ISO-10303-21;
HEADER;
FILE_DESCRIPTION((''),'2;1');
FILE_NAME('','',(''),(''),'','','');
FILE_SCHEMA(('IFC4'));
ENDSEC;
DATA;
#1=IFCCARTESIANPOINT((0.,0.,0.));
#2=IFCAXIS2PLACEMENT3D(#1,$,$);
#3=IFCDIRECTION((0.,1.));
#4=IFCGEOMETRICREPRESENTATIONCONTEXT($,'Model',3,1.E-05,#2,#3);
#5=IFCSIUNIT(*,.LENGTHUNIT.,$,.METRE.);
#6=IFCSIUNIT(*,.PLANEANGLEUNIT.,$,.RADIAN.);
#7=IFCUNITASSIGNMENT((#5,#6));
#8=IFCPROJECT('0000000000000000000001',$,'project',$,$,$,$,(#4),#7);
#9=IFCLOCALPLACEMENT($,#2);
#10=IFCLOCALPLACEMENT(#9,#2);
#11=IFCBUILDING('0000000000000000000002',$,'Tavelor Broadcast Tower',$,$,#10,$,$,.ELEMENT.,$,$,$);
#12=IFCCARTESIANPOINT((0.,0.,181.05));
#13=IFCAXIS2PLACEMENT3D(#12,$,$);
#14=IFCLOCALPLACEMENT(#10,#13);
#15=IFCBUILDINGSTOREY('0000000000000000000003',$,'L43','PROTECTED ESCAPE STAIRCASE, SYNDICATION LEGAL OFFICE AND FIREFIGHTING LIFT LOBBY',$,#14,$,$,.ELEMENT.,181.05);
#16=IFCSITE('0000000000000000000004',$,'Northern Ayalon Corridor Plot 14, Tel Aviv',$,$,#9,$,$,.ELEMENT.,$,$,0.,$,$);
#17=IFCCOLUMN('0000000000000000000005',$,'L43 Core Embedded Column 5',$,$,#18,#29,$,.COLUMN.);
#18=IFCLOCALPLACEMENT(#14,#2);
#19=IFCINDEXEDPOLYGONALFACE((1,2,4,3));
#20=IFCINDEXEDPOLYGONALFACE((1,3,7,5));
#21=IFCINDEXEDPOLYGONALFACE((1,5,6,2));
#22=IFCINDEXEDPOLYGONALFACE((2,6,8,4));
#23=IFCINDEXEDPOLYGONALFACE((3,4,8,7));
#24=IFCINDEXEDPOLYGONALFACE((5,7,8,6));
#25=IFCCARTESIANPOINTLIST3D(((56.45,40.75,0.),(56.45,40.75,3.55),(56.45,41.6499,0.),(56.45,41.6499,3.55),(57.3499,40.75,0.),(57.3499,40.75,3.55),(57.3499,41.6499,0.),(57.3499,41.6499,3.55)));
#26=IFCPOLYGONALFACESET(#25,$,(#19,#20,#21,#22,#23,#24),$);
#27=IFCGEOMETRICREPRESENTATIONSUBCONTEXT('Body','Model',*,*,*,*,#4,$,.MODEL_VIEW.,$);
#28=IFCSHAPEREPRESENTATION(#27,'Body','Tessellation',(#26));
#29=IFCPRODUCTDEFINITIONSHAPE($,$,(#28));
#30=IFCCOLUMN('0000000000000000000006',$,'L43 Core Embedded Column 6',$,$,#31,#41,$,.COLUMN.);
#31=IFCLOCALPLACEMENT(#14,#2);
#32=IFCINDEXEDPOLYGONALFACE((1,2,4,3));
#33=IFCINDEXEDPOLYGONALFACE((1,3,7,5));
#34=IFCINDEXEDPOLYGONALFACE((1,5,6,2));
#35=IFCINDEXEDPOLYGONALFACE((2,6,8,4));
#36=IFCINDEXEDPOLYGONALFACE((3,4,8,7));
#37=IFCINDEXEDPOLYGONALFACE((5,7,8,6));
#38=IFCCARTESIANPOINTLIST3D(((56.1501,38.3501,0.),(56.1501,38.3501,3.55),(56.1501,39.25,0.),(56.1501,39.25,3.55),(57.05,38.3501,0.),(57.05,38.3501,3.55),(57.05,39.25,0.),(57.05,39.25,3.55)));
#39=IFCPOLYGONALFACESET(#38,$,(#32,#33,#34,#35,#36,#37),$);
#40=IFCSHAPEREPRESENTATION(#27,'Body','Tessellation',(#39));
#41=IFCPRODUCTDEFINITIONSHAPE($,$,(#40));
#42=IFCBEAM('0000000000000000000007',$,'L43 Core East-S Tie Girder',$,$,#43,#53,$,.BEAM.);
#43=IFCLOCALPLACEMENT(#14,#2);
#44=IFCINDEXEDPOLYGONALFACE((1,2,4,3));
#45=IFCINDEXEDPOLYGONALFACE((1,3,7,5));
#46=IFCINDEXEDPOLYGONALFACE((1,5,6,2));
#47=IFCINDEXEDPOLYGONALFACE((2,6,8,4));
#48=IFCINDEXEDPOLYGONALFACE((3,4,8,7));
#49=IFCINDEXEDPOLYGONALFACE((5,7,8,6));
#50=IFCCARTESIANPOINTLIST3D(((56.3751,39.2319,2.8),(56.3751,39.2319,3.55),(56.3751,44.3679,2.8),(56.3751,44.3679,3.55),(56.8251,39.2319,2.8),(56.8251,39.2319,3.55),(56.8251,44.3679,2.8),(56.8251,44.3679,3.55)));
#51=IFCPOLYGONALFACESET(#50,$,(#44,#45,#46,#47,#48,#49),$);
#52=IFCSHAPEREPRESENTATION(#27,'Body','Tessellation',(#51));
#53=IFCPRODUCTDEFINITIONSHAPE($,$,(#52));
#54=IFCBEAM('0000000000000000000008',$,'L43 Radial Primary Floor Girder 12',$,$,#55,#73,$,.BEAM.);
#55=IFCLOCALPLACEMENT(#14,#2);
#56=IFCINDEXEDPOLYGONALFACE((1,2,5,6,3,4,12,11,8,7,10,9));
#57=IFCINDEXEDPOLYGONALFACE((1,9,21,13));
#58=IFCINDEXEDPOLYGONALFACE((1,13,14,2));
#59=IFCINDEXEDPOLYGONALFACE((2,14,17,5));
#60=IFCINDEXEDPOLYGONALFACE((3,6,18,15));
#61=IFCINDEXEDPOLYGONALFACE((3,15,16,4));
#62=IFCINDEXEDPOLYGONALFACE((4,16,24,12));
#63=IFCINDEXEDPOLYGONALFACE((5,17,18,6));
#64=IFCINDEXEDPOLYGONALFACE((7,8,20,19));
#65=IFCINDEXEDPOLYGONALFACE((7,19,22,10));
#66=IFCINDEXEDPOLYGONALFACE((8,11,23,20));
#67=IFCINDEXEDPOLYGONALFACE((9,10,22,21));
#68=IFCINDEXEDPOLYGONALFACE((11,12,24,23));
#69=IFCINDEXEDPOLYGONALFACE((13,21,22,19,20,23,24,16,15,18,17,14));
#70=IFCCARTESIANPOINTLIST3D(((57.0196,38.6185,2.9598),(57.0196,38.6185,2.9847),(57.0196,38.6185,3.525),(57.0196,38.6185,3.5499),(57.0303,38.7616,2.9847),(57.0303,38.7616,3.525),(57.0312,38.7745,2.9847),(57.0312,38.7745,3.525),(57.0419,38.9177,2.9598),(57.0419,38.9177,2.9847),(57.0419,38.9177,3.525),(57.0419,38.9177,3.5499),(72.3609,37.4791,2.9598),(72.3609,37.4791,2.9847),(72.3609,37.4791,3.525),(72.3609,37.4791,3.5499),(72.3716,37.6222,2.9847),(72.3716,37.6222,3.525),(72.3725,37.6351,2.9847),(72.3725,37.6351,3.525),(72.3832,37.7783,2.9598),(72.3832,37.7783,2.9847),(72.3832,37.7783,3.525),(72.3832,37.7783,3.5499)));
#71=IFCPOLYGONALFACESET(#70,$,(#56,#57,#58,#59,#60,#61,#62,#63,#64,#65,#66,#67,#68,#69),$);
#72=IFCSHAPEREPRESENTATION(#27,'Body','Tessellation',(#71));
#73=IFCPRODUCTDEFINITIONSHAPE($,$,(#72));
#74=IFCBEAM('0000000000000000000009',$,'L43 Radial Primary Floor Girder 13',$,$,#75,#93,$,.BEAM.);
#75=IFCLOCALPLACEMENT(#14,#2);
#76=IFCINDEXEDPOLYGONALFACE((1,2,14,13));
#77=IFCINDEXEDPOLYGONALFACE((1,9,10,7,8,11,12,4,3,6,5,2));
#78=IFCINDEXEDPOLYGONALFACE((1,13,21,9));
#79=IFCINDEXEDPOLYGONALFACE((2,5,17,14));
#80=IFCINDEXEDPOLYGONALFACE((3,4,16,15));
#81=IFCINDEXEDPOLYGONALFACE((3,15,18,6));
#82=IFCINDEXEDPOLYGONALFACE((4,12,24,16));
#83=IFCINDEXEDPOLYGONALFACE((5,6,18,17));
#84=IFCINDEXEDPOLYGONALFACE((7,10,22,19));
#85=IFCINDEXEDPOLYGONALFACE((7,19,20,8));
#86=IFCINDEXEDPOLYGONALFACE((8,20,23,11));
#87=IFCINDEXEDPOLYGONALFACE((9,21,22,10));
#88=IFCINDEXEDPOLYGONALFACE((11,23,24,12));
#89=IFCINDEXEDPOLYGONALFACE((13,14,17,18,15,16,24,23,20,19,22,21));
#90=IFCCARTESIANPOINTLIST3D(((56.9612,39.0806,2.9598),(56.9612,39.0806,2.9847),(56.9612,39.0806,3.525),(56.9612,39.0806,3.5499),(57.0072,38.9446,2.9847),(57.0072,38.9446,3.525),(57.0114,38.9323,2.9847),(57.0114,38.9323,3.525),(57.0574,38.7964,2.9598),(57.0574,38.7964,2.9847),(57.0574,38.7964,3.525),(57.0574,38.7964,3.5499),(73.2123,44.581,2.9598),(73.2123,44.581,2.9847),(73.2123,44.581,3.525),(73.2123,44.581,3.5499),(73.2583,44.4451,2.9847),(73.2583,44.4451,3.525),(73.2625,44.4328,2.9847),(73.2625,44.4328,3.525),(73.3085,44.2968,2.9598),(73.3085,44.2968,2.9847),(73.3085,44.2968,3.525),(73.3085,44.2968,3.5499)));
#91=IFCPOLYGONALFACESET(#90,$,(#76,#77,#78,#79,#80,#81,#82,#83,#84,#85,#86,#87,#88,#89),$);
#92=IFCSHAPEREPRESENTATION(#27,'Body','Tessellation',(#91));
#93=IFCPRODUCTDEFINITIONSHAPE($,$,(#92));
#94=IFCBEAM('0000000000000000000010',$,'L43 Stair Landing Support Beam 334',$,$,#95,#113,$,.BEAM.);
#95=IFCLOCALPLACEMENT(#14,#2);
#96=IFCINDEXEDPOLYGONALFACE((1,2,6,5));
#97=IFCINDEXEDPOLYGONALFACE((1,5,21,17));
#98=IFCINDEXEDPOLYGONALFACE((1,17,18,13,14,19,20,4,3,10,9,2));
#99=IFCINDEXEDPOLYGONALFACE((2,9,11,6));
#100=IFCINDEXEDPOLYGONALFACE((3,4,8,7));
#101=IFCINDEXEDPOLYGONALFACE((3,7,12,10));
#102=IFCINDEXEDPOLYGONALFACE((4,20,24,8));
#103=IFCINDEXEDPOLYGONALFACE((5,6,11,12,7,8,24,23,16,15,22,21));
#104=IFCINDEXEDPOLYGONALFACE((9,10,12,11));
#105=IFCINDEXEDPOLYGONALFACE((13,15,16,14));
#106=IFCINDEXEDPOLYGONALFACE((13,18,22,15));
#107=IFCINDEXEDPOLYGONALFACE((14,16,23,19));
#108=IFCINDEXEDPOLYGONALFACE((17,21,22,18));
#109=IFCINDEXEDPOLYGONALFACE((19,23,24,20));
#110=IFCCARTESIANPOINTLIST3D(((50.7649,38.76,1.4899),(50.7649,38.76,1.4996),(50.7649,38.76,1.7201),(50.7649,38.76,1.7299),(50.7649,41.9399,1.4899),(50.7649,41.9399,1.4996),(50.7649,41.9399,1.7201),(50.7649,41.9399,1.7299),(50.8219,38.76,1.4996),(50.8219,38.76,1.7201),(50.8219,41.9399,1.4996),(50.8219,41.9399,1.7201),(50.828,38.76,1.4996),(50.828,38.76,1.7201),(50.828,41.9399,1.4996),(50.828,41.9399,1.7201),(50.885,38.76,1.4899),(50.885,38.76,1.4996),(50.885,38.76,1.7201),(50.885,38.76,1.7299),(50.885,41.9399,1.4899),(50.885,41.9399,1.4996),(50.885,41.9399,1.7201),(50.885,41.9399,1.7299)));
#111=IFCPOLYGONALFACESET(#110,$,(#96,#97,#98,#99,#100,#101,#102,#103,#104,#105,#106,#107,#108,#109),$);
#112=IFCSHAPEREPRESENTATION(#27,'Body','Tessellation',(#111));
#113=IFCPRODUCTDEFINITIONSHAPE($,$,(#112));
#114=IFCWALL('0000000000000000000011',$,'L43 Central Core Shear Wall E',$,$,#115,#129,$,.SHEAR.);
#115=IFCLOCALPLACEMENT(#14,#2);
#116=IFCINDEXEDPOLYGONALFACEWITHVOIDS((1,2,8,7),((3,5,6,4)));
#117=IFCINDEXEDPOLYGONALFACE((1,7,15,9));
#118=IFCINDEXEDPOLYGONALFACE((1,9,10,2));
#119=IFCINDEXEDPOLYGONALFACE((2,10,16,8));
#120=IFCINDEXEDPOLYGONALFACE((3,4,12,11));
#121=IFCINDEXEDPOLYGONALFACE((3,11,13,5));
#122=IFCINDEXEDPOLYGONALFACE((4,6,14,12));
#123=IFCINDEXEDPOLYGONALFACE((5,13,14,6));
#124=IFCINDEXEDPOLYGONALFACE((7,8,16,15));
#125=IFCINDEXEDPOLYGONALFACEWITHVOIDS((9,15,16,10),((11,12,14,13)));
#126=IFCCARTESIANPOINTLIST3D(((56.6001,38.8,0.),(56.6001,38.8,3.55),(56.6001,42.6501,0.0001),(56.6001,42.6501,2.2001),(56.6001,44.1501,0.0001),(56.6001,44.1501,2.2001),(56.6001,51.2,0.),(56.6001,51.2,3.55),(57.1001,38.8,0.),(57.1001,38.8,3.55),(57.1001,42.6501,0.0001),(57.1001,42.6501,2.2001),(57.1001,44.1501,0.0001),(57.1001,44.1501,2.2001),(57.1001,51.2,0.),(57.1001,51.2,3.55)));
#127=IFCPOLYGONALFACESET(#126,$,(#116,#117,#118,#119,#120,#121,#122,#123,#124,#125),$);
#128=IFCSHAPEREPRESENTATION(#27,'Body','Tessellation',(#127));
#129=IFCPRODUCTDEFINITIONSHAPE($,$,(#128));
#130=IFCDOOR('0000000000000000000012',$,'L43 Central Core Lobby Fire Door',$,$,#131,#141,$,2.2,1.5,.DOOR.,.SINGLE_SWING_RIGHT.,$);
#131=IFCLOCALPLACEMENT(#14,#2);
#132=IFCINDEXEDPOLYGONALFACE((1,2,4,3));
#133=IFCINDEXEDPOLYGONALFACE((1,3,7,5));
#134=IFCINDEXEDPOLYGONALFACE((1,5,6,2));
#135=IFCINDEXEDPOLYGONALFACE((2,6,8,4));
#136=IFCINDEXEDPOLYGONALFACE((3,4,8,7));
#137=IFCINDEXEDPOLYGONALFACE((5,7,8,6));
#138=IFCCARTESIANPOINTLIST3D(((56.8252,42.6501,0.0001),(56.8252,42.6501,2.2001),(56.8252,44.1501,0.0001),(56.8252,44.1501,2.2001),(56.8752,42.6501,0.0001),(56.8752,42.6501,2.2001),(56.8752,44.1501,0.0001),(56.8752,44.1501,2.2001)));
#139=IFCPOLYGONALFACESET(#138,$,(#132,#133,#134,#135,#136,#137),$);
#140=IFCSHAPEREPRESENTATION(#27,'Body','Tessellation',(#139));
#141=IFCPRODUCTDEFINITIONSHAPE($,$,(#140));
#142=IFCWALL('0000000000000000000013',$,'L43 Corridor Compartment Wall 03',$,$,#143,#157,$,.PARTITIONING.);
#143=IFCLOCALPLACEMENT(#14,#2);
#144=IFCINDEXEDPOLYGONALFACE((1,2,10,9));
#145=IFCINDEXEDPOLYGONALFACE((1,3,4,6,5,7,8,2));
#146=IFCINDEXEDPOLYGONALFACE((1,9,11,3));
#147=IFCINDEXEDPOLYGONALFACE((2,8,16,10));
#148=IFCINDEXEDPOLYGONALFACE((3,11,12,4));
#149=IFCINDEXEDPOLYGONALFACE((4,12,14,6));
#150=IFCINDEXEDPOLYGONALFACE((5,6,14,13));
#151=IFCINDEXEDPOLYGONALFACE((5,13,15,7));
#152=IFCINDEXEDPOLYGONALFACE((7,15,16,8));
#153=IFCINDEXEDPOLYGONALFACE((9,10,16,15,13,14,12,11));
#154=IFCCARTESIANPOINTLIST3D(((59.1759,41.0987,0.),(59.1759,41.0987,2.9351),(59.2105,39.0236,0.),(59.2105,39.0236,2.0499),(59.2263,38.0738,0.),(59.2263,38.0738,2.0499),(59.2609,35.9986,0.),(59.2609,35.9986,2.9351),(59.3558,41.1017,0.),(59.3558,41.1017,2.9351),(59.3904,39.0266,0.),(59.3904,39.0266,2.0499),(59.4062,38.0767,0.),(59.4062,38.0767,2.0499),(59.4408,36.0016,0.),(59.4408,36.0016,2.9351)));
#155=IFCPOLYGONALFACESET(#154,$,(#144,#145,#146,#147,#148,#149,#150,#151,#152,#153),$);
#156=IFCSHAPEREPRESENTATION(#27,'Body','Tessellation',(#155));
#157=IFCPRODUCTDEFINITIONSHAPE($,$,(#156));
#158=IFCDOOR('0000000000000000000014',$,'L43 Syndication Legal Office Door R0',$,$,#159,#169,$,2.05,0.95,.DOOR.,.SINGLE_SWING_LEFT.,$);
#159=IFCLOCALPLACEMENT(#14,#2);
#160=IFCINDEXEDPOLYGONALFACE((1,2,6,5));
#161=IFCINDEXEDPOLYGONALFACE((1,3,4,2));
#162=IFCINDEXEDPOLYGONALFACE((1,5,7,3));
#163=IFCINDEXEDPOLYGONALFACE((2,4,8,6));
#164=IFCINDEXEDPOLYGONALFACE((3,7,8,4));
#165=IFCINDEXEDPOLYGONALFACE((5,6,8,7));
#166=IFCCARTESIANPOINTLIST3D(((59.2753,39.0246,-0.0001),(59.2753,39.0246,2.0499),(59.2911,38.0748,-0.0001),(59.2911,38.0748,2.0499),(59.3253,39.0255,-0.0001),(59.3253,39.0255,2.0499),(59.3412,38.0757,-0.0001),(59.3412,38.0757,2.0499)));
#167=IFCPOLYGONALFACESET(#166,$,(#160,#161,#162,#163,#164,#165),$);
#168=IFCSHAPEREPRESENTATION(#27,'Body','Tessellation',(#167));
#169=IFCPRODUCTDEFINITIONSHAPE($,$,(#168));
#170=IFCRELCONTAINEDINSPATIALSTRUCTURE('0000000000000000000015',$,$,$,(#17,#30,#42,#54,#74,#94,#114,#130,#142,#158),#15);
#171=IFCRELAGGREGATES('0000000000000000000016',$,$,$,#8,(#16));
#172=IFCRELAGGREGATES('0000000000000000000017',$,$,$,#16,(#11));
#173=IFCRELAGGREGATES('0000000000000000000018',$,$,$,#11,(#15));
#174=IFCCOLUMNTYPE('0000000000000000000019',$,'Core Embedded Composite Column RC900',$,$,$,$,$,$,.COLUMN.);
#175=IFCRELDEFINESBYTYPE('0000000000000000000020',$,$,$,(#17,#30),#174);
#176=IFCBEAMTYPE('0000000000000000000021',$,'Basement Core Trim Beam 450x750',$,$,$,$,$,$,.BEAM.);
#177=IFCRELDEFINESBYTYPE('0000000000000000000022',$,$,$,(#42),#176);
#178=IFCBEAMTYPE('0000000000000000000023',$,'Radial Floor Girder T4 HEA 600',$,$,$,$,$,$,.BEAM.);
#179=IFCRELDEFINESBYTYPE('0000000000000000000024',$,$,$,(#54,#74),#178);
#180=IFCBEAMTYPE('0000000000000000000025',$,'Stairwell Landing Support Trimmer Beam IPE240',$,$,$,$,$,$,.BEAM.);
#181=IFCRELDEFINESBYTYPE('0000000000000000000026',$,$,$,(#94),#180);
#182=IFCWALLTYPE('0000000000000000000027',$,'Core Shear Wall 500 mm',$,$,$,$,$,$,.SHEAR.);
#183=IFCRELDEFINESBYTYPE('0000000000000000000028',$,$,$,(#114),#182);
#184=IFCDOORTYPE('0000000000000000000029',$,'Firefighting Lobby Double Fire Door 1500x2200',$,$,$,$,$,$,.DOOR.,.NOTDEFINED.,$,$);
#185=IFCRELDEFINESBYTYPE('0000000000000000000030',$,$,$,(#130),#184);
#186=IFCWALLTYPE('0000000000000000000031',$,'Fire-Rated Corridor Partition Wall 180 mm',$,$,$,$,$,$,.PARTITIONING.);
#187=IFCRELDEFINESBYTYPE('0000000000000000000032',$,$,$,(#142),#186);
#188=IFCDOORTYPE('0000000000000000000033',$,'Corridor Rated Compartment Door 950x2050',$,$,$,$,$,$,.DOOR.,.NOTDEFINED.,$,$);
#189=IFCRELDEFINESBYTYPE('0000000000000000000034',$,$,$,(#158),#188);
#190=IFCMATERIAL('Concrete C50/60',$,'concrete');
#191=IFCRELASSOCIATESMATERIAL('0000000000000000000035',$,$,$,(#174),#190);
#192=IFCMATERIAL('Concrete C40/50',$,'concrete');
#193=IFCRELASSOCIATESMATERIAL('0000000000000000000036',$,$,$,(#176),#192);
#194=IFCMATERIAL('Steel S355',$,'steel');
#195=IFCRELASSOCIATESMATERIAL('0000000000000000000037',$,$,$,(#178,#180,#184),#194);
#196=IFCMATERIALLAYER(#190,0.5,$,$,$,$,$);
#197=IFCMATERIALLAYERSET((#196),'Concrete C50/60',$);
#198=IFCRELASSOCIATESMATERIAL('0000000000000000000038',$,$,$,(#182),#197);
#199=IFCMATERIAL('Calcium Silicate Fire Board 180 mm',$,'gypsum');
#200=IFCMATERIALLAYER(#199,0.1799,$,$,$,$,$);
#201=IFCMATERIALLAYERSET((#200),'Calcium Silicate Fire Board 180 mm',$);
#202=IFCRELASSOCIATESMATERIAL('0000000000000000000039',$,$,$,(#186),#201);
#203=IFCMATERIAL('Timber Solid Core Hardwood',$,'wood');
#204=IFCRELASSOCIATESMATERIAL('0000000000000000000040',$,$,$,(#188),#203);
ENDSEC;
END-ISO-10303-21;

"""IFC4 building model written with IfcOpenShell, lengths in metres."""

from ifc_helpers import new_model, si_unit, direction, frame, frame_2d, origin, origin_2d, place, context, subcontext, project, spatial, rectangle, i_section, extrude, material, layer, layer_set, material_profile, profile_set, type_object, element, fill, save


model = new_model("IFC4")

# Units and contexts
model_context = context("Model", 3, precision=1e-05, world=origin(), true_north=direction((0.0, 1.0)))
body_context = subcontext(model_context, "Body", "Model", "MODEL_VIEW")
ifc_project = project(units=[si_unit("LENGTHUNIT", "METRE"), si_unit("PLANEANGLEUNIT", "RADIAN")], contexts=[model_context])

# Site, building, storey
site_placement = place(None, origin())
site = spatial("IfcSite", under=ifc_project, at=site_placement, Name="Northern Ayalon Corridor Plot 14, Tel Aviv", CompositionType="ELEMENT", RefElevation=0.0)
building_placement = place(site_placement, origin())
building = spatial("IfcBuilding", under=site, at=building_placement, Name="Tavelor Broadcast Tower", CompositionType="ELEMENT")
storey_placement = place(building_placement, frame((0.0, 0.0, 181.05)))
storey = spatial("IfcBuildingStorey", under=building, at=storey_placement, Name="L43", Description="PROTECTED ESCAPE STAIRCASE, SYNDICATION LEGAL OFFICE AND FIREFIGHTING LIFT LOBBY", CompositionType="ELEMENT", Elevation=181.05)

# Columns
ifc_material_1 = material(Name="Concrete C50/60", Category="concrete")
ifc_material_profile_1 = material_profile(ifc_material_1, rectangle(XDim=0.8999, YDim=0.8999, at=origin_2d()), Name="RC 900x900")
ifc_profile_set_1 = profile_set([ifc_material_profile_1], Name="Concrete C50/60")
column_type = type_object("IfcColumnType", Name="Core Embedded Composite Column RC900", PredefinedType="COLUMN", material=ifc_profile_set_1)
for number, where, z_axis, x_axis, name in (
    (1, (56.8999, 41.2, 0.0), (0.0, 0.0, 1.0), (1.0, 0.0, 0.0), "L43 Core Embedded Column 5"),
    (2, (56.6001, 38.8, 0.0), (0.0, 0.0, 1.0), (1.0, 0.0, 0.0), "L43 Core Embedded Column 6"),
):
    element("IfcColumn", number, at=place(storey_placement, frame(where, z_axis=z_axis, x_axis=x_axis)), inside=storey, type_object=column_type, Name=name, PredefinedType="COLUMN", context=body_context, shape_type="SweptSolid", body=[
        extrude(rectangle(XDim=0.8999, YDim=0.8999, at=origin_2d()), origin(), (0.0, 0.0, 1.0), 3.55),
    ])

# Beams
ifc_material_2 = material(Name="Concrete C40/50", Category="concrete")
ifc_material_profile_2 = material_profile(ifc_material_2, rectangle(XDim=0.45, YDim=0.75, at=origin_2d()), Name="RC 450x750")
ifc_profile_set_2 = profile_set([ifc_material_profile_2], Name="Concrete C40/50")
beam_type_1 = type_object("IfcBeamType", Name="Basement Core Trim Beam 450x750", PredefinedType="BEAM", material=ifc_profile_set_2)
beam_1_placement = place(storey_placement, frame((56.6001, 39.2319, 3.175), z_axis=(0.0, 1.0, 0.0), x_axis=(-1.0, 0.0, 0.0)))
element("IfcBeam", 3, at=beam_1_placement, inside=storey, type_object=beam_type_1, Name="L43 Core East-S Tie Girder", PredefinedType="BEAM", context=body_context, shape_type="SweptSolid", body=[
    extrude(rectangle(XDim=0.45, YDim=0.75, at=origin_2d()), origin(), (0.0, 0.0, 1.0), 5.136),
])
ifc_material_3 = material(Name="Steel S355", Category="steel")
ifc_material_profile_3 = material_profile(ifc_material_3, i_section(OverallWidth=0.3, OverallDepth=0.5901, WebThickness=0.0129, FlangeThickness=0.0249, at=origin_2d()), Name="HEA 600")
ifc_profile_set_3 = profile_set([ifc_material_profile_3], Name="Steel S355")
beam_type_2 = type_object("IfcBeamType", Name="Radial Floor Girder T4 HEA 600", PredefinedType="BEAM", material=ifc_profile_set_3)
beam_2_placement = place(storey_placement, frame((57.0308, 38.7681, 3.2549), z_axis=(0.997253, -0.074066, 0.0), x_axis=(0.074066, 0.997253, 0.0)))
element("IfcBeam", 4, at=beam_2_placement, inside=storey, type_object=beam_type_2, Name="L43 Radial Primary Floor Girder 12", PredefinedType="BEAM", context=body_context, shape_type="SweptSolid", body=[
    extrude(i_section(OverallWidth=0.3, OverallDepth=0.5901, WebThickness=0.0129, FlangeThickness=0.0249, at=origin_2d()), origin(), (0.0, 0.0, 1.0), 15.3835),
])
beam_3_placement = place(storey_placement, frame((57.0093, 38.9385, 3.2549), z_axis=(0.947215, 0.3206, 0.0), x_axis=(-0.3206, 0.947215, 0.0)))
element("IfcBeam", 5, at=beam_3_placement, inside=storey, type_object=beam_type_2, Name="L43 Radial Primary Floor Girder 13", PredefinedType="BEAM", context=body_context, shape_type="SweptSolid", body=[
    extrude(i_section(OverallWidth=0.3, OverallDepth=0.5901, WebThickness=0.0129, FlangeThickness=0.0249, at=origin_2d()), origin(), (0.0, 0.0, 1.0), 17.1567),
])
ifc_material_profile_4 = material_profile(ifc_material_3, i_section(OverallWidth=0.1201, OverallDepth=0.24, WebThickness=0.0061, FlangeThickness=0.0098, at=origin_2d()), Name="IPE 240")
ifc_profile_set_4 = profile_set([ifc_material_profile_4], Name="Steel S355")
beam_type_3 = type_object("IfcBeamType", Name="Stairwell Landing Support Trimmer Beam IPE240", PredefinedType="BEAM", material=ifc_profile_set_4)
beam_4_placement = place(storey_placement, frame((50.825, 38.76, 1.6099), z_axis=(0.0, 1.0, 0.0), x_axis=(-1.0, 0.0, 0.0)))
element("IfcBeam", 6, at=beam_4_placement, inside=storey, type_object=beam_type_3, Name="L43 Stair Landing Support Beam 334", PredefinedType="BEAM", context=body_context, shape_type="SweptSolid", body=[
    extrude(i_section(OverallWidth=0.1201, OverallDepth=0.24, WebThickness=0.0061, FlangeThickness=0.0098, at=origin_2d()), origin(), (0.0, 0.0, 1.0), 3.1799),
])

# Walls, openings, doors
ifc_layer_1 = layer(ifc_material_1, 0.5)
ifc_layer_set_1 = layer_set([ifc_layer_1], Name="Concrete C50/60")
wall_type_1 = type_object("IfcWallType", Name="Core Shear Wall 500 mm", PredefinedType="SHEAR", material=ifc_layer_set_1)
wall_1_placement = place(storey_placement, frame((56.8501, 38.8, 0.0), z_axis=(0.0, 0.0, 1.0), x_axis=(0.0, 1.0, 0.0)))
wall_1 = element("IfcWall", 7, at=wall_1_placement, inside=storey, type_object=wall_type_1, Name="L43 Central Core Shear Wall E", PredefinedType="SHEAR", context=body_context, shape_type="SweptSolid", body=[
    extrude(rectangle(XDim=12.3999, YDim=0.5, at=frame_2d((6.2, 0.0))), origin(), (0.0, 0.0, 1.0), 3.55),
])
opening_1_placement = place(wall_1_placement, frame((3.8501, 0.0, 0.0)))
opening_1 = element("IfcOpeningElement", 8, at=opening_1_placement, cuts=wall_1, PredefinedType="OPENING", context=body_context, shape_type="SweptSolid", body=[
    extrude(rectangle(XDim=1.5, YDim=2.2, at=frame_2d((0.75, 1.1001))), frame((0.0, 0.26, 0.0), z_axis=(0.0, -1.0, 0.0), x_axis=(1.0, 0.0, 0.0)), (0.0, 0.0, 1.0), 0.52),
])
door_type_1 = type_object("IfcDoorType", Name="Firefighting Lobby Double Fire Door 1500x2200", OperationType="NOTDEFINED", PredefinedType="DOOR", material=ifc_material_3)
door_1_placement = place(opening_1_placement, origin())
door_1 = element("IfcDoor", 9, at=door_1_placement, inside=storey, type_object=door_type_1, Name="L43 Central Core Lobby Fire Door", OperationType="SINGLE_SWING_RIGHT", OverallHeight=2.2, OverallWidth=1.5, PredefinedType="DOOR", context=body_context, shape_type="SweptSolid", body=[
    extrude(rectangle(XDim=1.5, YDim=2.2, at=frame_2d((0.75, 1.1001))), frame((0.0, 0.0249, 0.0), z_axis=(0.0, -1.0, 0.0), x_axis=(1.0, 0.0, 0.0)), (0.0, 0.0, 1.0), 0.05),
])
fill(opening_1, door_1)
ifc_material_4 = material(Name="Calcium Silicate Fire Board 180 mm", Category="gypsum")
ifc_layer_2 = layer(ifc_material_4, 0.1799)
ifc_layer_set_2 = layer_set([ifc_layer_2], Name="Calcium Silicate Fire Board 180 mm")
wall_type_2 = type_object("IfcWallType", Name="Fire-Rated Corridor Partition Wall 180 mm", PredefinedType="PARTITIONING", material=ifc_layer_set_2)
wall_2_placement = place(storey_placement, frame((59.2659, 41.1001, 0.0), z_axis=(0.0, 0.0, 1.0), x_axis=(0.016656, -0.999861, 0.0)))
wall_2 = element("IfcWall", 10, at=wall_2_placement, inside=storey, type_object=wall_type_2, Name="L43 Corridor Compartment Wall 03", PredefinedType="PARTITIONING", context=body_context, shape_type="SweptSolid", body=[
    extrude(rectangle(XDim=5.1008, YDim=0.1799, at=frame_2d((2.5503, 0.0))), origin(), (0.0, 0.0, 1.0), 2.9351),
])
opening_2_placement = place(wall_2_placement, frame((2.0752, 0.0, 0.0)))
opening_2 = element("IfcOpeningElement", 11, at=opening_2_placement, cuts=wall_2, PredefinedType="OPENING", context=body_context, shape_type="SweptSolid", body=[
    extrude(rectangle(XDim=0.95, YDim=2.05, at=frame_2d((0.4751, 1.0249))), frame((0.0, 0.1001, 0.0), z_axis=(0.0, -1.0, 0.0), x_axis=(1.0, 0.0, 0.0)), (0.0, 0.0, 1.0), 0.2),
])
ifc_material_5 = material(Name="Timber Solid Core Hardwood", Category="wood")
door_type_2 = type_object("IfcDoorType", Name="Corridor Rated Compartment Door 950x2050", OperationType="NOTDEFINED", PredefinedType="DOOR", material=ifc_material_5)
door_2_placement = place(opening_2_placement, origin())
door_2 = element("IfcDoor", 12, at=door_2_placement, inside=storey, type_object=door_type_2, Name="L43 Syndication Legal Office Door R0", OperationType="SINGLE_SWING_LEFT", OverallHeight=2.05, OverallWidth=0.95, PredefinedType="DOOR", context=body_context, shape_type="SweptSolid", body=[
    extrude(rectangle(XDim=0.95, YDim=2.05, at=frame_2d((0.4751, 1.0249))), frame((0.0, 0.0249, 0.0), z_axis=(0.0, -1.0, 0.0), x_axis=(1.0, 0.0, 0.0)), (0.0, 0.0, 1.0), 0.05),
])
fill(opening_2, door_2)

save(model, "model.ifc")
